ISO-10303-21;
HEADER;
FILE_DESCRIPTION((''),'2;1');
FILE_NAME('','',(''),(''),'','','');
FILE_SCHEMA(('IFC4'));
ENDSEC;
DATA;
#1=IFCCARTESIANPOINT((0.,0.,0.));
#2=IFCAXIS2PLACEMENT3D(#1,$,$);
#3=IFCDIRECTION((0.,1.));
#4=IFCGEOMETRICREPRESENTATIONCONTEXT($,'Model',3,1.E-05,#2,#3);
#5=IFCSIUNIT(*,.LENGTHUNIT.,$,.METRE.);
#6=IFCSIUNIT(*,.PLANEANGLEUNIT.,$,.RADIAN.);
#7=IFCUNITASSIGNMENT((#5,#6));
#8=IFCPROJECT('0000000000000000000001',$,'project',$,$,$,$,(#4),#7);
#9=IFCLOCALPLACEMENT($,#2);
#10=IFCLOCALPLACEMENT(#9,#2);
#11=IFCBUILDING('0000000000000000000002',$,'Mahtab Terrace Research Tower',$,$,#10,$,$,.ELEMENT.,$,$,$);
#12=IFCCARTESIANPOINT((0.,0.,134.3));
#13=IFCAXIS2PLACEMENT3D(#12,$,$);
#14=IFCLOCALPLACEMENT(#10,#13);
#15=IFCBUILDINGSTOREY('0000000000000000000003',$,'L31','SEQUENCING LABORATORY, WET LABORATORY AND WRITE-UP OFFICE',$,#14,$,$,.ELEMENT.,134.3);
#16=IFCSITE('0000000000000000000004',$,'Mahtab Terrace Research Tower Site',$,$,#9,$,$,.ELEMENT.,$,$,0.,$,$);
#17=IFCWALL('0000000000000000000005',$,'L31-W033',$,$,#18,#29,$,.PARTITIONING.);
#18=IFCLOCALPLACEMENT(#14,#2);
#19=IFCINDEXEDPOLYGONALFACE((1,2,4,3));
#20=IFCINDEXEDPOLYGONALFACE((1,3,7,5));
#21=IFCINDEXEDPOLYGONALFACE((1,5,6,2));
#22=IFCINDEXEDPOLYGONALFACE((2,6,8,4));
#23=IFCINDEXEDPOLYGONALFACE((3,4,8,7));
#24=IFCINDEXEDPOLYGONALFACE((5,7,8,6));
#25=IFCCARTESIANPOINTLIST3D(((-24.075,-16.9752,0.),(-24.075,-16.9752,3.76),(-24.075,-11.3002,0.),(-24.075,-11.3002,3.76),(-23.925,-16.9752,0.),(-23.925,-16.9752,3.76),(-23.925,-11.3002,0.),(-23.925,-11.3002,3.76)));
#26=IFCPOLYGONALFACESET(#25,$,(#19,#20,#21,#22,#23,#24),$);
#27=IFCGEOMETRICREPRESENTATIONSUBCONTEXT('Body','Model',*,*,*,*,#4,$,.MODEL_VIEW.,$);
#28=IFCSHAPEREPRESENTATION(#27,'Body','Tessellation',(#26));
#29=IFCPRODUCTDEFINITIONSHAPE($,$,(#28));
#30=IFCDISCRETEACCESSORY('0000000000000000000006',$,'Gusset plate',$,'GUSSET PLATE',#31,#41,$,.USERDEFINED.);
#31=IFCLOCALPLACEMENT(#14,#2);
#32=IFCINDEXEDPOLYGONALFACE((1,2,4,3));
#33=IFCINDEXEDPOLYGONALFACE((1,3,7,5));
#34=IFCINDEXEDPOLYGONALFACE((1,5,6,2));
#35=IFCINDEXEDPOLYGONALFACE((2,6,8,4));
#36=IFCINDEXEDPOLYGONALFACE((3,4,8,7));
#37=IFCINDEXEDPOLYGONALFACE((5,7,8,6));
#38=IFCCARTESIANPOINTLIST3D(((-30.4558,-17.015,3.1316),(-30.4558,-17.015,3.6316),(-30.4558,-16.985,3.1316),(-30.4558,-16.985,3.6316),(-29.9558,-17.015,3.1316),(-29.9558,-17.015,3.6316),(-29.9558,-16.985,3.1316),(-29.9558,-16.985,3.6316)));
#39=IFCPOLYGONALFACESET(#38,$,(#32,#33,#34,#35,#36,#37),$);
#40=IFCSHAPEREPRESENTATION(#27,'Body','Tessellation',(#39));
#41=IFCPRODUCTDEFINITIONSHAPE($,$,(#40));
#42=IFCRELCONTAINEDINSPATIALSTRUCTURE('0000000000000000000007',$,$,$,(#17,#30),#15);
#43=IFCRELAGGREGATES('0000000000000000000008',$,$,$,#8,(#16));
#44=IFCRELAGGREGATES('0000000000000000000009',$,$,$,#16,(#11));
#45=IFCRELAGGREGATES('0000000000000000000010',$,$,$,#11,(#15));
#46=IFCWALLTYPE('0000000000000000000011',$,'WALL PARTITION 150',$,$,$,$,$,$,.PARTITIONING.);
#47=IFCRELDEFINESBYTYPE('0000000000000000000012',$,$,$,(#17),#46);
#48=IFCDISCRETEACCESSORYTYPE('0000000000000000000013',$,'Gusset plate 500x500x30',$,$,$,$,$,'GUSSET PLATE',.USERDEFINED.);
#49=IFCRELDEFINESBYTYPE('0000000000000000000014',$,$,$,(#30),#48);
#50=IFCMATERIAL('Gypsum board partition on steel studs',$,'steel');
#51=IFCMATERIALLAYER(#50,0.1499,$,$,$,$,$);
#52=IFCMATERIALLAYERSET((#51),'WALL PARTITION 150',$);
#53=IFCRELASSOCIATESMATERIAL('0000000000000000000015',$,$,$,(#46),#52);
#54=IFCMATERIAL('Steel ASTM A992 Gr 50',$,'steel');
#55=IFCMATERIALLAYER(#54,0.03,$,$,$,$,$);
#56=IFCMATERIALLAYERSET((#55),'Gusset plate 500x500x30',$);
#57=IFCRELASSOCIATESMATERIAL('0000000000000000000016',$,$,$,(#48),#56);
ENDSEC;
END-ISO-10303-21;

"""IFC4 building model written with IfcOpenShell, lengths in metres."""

from ifc_helpers import new_model, si_unit, direction, frame, frame_2d, origin, origin_2d, place, context, subcontext, project, spatial, rectangle, extrude, material, layer, layer_set, type_object, element, save


model = new_model("IFC4")

# Units and contexts
model_context = context("Model", 3, precision=1e-05, world=origin(), true_north=direction((0.0, 1.0)))
body_context = subcontext(model_context, "Body", "Model", "MODEL_VIEW")
ifc_project = project(units=[si_unit("LENGTHUNIT", "METRE"), si_unit("PLANEANGLEUNIT", "RADIAN")], contexts=[model_context])

# Site, building, storey
site_placement = place(None, origin())
site = spatial("IfcSite", under=ifc_project, at=site_placement, Name="Mahtab Terrace Research Tower Site", CompositionType="ELEMENT", RefElevation=0.0)
building_placement = place(site_placement, origin())
building = spatial("IfcBuilding", under=site, at=building_placement, Name="Mahtab Terrace Research Tower", CompositionType="ELEMENT")
storey_placement = place(building_placement, frame((0.0, 0.0, 134.3)))
storey = spatial("IfcBuildingStorey", under=building, at=storey_placement, Name="L31", Description="SEQUENCING LABORATORY, WET LABORATORY AND WRITE-UP OFFICE", CompositionType="ELEMENT", Elevation=134.3)

# Shared definitions
ifc_material_1 = material(Name="Steel ASTM A992 Gr 50", Category="steel")

# Wall
ifc_material_2 = material(Name="Gypsum board partition on steel studs", Category="steel")
ifc_layer_1 = layer(ifc_material_2, 0.1499)
ifc_layer_set_1 = layer_set([ifc_layer_1], Name="WALL PARTITION 150")
wall_type = type_object("IfcWallType", Name="WALL PARTITION 150", PredefinedType="PARTITIONING", material=ifc_layer_set_1)
wall_placement = place(storey_placement, frame((-24.0, -16.9751, 0.0), z_axis=(0.0, 0.0, 1.0), x_axis=(0.0, 1.0, 0.0)))
element("IfcWall", 1, at=wall_placement, inside=storey, type_object=wall_type, Name="L31-W033", PredefinedType="PARTITIONING", context=body_context, shape_type="SweptSolid", body=[
    extrude(rectangle(XDim=5.675, YDim=0.1499, at=frame_2d((2.8374, 0.0))), origin(), (0.0, 0.0, 1.0), 3.76),
])

# Discrete accessory
ifc_layer_2 = layer(ifc_material_1, 0.03)
ifc_layer_set_2 = layer_set([ifc_layer_2], Name="Gusset plate 500x500x30")
discrete_accessory_type = type_object("IfcDiscreteAccessoryType", Name="Gusset plate 500x500x30", ElementType="GUSSET PLATE", PredefinedType="USERDEFINED", material=ifc_layer_set_2)
discrete_accessory_placement = place(storey_placement, frame((-30.2058, -17.0, 3.1316), z_axis=(0.0, 0.0, 1.0), x_axis=(1.0, 0.0, 0.0)))
element("IfcDiscreteAccessory", 2, at=discrete_accessory_placement, inside=storey, type_object=discrete_accessory_type, Name="Gusset plate", ObjectType="GUSSET PLATE", PredefinedType="USERDEFINED", context=body_context, shape_type="SweptSolid", body=[
    extrude(rectangle(XDim=0.5, YDim=0.03, at=origin_2d()), origin(), (0.0, 0.0, 1.0), 0.5),
])

save(model, "model.ifc")
